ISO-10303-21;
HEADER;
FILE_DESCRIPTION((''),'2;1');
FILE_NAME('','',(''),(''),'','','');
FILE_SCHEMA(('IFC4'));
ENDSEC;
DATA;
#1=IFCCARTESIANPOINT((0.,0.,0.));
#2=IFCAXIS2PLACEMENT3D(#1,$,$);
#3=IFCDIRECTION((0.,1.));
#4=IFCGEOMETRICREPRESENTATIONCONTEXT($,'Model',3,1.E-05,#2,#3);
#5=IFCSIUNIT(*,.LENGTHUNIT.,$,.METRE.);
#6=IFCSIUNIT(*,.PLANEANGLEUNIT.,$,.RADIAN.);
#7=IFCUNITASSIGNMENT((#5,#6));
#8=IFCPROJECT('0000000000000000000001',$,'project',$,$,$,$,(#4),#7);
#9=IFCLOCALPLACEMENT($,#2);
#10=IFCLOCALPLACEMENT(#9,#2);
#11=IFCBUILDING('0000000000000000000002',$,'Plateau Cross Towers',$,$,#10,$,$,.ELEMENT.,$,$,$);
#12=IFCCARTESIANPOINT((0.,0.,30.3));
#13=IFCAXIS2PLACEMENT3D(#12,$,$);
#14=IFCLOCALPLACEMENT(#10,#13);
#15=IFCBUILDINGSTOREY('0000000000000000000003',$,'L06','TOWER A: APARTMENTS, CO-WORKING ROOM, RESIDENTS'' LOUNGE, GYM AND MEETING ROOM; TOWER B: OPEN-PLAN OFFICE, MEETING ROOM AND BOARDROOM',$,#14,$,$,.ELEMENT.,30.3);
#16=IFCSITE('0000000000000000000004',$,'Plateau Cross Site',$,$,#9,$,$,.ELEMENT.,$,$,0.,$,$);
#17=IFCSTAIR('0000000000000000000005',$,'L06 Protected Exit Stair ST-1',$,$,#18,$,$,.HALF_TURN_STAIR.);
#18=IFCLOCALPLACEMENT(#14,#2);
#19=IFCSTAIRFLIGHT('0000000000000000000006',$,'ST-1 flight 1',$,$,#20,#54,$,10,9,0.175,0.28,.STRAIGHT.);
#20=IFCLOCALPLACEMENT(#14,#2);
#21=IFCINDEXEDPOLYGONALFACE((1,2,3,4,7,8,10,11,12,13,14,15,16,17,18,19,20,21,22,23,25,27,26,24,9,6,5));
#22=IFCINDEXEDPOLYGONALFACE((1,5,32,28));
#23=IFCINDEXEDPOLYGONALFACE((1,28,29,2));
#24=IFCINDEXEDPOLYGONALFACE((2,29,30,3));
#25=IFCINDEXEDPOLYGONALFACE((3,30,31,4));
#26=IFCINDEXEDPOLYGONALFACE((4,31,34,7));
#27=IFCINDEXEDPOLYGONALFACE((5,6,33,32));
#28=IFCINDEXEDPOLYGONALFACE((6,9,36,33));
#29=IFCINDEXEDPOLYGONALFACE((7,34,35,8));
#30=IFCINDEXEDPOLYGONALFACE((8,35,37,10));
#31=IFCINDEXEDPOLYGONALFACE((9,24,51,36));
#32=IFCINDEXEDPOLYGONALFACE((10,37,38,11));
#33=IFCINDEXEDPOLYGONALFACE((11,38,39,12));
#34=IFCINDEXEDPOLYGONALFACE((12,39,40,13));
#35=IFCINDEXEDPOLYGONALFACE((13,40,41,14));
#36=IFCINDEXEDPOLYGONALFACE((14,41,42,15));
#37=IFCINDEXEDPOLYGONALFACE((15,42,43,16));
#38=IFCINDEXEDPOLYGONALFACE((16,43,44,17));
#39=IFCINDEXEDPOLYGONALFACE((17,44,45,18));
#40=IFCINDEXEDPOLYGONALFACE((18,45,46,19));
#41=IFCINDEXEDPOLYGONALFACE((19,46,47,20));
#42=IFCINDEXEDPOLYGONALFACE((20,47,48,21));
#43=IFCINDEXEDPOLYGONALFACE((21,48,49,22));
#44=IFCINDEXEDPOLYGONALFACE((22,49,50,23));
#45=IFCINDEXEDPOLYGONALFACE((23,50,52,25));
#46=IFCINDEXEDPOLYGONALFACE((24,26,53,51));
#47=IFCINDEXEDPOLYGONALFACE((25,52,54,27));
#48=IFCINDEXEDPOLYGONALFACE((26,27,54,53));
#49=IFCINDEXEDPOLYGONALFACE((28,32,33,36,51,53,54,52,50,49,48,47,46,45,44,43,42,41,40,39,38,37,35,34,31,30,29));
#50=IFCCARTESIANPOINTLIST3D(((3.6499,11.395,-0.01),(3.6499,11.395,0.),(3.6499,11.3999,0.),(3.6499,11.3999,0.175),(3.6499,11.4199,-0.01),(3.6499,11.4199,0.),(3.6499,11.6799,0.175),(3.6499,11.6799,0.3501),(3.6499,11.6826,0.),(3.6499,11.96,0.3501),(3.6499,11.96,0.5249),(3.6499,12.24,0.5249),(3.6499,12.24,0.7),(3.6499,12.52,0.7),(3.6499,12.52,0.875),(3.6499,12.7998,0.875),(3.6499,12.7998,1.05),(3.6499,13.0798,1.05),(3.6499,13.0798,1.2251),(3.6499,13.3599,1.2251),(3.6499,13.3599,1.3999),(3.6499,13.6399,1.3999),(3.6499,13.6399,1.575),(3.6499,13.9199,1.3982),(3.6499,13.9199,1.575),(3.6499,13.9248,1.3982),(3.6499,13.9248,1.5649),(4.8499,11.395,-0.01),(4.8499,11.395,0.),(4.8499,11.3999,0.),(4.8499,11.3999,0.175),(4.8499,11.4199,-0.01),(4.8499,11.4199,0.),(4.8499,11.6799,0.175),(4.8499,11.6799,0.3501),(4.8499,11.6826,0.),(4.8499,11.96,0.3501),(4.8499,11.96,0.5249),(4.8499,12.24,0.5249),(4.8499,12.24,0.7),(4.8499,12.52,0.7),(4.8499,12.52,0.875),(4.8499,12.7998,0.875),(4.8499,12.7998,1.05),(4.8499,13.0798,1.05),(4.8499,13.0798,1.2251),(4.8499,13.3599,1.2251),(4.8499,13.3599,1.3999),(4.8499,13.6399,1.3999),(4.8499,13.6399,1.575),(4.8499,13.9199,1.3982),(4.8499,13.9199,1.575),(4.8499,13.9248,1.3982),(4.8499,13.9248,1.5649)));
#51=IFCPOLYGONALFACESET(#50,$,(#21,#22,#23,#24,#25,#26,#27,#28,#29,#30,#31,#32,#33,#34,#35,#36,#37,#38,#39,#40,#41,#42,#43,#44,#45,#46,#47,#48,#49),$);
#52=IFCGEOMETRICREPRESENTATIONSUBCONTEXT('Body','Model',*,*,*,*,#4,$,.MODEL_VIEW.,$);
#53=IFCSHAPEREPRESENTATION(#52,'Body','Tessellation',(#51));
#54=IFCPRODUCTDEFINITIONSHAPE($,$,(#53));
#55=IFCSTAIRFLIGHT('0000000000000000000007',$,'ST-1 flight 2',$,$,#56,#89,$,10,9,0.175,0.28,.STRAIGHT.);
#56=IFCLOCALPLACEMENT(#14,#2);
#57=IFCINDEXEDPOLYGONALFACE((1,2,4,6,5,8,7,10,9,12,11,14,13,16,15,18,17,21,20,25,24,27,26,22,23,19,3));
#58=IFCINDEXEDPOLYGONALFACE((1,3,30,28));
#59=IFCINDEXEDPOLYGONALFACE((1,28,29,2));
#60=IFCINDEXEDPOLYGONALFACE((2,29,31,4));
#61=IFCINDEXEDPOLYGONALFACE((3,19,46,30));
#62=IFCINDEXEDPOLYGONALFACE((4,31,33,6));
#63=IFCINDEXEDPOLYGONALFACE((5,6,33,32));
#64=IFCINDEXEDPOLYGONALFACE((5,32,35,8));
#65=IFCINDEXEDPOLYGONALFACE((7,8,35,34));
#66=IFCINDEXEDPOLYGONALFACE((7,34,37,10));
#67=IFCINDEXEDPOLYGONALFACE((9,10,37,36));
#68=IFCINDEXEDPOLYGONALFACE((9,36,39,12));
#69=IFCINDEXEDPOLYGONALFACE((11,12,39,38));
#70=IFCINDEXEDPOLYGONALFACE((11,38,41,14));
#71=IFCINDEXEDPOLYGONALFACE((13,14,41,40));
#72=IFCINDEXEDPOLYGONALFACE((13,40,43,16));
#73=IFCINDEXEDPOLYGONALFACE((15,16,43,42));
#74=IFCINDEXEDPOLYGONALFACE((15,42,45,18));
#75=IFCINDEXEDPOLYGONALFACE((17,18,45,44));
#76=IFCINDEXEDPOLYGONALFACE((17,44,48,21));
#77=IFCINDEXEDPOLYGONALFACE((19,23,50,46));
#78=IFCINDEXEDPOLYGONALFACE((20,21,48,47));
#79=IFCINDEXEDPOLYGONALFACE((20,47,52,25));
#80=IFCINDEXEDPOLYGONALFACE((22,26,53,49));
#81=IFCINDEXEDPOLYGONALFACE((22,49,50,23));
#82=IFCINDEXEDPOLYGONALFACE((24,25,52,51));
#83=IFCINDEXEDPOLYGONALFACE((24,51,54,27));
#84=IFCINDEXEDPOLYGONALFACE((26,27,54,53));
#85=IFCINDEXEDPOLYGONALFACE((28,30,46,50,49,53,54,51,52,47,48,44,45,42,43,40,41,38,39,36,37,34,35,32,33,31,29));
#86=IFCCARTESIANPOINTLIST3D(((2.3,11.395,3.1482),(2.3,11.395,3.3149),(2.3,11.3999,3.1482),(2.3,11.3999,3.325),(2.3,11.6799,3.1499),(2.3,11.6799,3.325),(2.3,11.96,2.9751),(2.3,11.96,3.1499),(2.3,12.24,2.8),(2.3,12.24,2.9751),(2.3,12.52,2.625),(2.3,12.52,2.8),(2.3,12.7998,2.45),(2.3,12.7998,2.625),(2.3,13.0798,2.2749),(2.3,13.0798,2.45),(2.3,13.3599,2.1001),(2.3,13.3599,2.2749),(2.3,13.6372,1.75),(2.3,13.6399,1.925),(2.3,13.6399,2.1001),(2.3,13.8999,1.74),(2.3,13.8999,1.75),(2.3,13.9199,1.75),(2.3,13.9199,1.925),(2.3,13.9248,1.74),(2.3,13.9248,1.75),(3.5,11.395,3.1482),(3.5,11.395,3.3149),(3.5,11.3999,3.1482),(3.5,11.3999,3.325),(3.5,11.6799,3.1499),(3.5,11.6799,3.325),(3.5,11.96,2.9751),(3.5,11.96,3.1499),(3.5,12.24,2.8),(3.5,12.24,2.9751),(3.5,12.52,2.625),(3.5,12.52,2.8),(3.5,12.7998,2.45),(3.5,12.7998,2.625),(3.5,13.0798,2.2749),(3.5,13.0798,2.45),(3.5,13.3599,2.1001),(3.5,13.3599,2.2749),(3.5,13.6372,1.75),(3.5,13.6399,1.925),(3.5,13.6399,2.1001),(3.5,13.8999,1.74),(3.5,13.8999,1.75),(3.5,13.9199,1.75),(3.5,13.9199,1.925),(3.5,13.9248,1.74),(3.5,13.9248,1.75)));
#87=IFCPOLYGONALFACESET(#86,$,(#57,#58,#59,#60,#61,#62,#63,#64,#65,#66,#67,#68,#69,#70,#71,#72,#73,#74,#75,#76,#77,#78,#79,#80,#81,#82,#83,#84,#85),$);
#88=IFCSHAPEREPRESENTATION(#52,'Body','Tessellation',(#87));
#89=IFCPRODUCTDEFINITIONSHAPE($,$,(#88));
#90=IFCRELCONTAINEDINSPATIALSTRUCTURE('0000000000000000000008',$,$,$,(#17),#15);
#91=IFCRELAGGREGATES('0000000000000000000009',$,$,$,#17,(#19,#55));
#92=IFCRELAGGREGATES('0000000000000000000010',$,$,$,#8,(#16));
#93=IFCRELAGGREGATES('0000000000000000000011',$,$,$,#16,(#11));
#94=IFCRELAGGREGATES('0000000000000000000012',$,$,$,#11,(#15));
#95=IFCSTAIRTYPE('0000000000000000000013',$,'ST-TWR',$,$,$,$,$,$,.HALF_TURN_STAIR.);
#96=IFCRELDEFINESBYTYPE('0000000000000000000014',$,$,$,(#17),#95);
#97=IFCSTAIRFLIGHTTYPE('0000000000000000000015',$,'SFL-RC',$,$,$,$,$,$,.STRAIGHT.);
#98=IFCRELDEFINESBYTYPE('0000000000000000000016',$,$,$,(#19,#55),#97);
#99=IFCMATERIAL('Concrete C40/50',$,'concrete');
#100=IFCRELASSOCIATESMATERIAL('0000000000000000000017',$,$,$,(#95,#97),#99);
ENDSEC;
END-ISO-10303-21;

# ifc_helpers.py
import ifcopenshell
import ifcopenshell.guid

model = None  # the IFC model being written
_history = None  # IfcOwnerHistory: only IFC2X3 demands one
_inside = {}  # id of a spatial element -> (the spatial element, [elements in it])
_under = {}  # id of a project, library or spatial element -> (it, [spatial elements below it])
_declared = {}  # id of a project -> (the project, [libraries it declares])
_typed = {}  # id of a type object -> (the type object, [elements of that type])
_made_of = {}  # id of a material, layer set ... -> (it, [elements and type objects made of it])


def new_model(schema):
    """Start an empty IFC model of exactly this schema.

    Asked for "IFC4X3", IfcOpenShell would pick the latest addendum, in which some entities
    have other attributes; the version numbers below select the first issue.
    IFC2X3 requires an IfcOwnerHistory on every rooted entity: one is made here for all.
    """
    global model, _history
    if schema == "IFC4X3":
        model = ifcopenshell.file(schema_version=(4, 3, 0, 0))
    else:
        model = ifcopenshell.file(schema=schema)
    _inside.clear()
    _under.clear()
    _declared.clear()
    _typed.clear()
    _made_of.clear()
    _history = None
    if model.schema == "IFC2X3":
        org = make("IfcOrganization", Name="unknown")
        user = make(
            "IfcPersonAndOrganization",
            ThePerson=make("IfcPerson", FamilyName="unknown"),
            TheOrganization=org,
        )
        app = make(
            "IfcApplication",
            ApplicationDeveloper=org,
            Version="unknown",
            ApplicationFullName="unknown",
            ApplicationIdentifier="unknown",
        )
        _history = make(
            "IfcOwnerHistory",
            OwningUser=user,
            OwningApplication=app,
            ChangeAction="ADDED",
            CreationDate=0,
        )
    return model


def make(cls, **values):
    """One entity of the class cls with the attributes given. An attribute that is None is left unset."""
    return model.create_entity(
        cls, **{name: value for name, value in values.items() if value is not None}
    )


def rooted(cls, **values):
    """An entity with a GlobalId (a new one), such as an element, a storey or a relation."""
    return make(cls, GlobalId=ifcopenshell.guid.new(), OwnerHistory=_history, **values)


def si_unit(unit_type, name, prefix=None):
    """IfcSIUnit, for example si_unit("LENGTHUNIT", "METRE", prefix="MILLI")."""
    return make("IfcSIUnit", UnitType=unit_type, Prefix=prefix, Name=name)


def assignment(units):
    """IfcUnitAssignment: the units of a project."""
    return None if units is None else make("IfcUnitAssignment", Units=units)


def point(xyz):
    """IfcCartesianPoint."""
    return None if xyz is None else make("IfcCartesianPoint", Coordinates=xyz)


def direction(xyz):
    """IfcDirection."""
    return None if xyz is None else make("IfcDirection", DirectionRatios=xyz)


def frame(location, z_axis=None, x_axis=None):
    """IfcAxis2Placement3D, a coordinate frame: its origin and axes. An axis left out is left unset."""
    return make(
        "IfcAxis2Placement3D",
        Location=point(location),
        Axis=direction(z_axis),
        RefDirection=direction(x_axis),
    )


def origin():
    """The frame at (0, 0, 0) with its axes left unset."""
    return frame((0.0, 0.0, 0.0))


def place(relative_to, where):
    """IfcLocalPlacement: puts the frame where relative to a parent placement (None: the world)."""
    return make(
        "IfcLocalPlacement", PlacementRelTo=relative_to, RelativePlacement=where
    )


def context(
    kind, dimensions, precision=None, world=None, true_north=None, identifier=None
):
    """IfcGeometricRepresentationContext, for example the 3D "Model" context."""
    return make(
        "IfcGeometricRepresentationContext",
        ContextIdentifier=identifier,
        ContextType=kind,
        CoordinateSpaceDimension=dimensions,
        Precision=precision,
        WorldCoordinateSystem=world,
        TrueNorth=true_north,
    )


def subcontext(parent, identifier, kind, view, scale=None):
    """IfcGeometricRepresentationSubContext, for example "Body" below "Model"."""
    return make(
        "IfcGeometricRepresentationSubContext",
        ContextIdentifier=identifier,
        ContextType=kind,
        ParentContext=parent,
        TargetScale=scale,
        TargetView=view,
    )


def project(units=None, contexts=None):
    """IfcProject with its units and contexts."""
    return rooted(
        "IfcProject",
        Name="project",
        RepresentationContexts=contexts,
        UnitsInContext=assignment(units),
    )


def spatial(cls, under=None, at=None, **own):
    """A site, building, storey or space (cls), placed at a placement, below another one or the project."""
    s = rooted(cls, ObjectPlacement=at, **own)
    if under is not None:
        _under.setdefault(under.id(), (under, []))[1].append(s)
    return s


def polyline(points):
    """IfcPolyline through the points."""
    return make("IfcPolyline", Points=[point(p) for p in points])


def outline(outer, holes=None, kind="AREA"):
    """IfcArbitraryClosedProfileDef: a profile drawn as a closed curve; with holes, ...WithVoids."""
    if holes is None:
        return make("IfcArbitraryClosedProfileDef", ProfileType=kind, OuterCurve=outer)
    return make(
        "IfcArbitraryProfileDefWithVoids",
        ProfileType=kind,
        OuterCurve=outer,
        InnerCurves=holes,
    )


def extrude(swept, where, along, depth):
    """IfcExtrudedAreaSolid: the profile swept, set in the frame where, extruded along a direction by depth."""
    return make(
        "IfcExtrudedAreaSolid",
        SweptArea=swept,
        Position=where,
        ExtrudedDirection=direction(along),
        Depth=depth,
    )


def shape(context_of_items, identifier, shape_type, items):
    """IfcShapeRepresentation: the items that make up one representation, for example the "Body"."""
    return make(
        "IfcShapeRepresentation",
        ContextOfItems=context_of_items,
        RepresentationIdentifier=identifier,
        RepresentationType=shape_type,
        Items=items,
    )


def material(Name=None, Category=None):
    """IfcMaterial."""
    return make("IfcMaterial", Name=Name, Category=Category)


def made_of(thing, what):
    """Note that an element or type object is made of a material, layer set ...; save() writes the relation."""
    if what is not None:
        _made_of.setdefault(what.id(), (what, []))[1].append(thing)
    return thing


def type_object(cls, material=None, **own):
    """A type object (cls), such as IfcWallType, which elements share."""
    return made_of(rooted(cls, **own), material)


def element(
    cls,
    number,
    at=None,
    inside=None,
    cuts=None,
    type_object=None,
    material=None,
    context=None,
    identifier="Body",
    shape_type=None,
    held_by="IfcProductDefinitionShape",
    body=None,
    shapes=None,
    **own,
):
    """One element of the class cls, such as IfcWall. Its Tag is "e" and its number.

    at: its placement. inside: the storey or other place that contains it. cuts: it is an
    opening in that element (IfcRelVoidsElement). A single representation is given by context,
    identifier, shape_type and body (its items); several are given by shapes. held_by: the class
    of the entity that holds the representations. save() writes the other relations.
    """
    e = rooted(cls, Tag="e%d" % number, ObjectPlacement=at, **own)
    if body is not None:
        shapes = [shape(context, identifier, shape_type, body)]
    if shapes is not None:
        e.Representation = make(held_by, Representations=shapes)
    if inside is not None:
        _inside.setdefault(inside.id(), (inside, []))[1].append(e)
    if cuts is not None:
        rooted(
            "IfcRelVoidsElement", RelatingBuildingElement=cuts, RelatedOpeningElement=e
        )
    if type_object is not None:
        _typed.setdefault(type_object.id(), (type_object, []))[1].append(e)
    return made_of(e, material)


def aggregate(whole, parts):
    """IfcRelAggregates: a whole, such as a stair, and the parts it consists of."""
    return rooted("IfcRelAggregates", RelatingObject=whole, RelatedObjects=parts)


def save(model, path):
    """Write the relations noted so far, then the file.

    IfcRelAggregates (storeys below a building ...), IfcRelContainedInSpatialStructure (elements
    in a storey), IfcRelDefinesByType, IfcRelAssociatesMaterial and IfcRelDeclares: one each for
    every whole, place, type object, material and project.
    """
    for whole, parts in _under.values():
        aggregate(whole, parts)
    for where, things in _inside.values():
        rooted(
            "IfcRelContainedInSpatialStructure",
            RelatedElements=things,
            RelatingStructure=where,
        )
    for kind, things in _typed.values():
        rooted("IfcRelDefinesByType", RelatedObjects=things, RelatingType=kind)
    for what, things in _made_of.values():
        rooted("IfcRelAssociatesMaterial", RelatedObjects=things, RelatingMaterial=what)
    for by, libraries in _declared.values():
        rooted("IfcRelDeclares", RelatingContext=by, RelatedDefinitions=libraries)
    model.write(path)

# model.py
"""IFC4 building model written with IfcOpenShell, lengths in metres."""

from ifc_helpers import new_model, si_unit, direction, frame, origin, place, context, subcontext, project, spatial, polyline, outline, extrude, material, type_object, element, aggregate, save


model = new_model("IFC4")

# Units and contexts
model_context = context("Model", 3, precision=1e-05, world=origin(), true_north=direction((0.0, 1.0)))
body_context = subcontext(model_context, "Body", "Model", "MODEL_VIEW")
ifc_project = project(units=[si_unit("LENGTHUNIT", "METRE"), si_unit("PLANEANGLEUNIT", "RADIAN")], contexts=[model_context])

# Site, building, storey
site_placement = place(None, origin())
site = spatial("IfcSite", under=ifc_project, at=site_placement, Name="Plateau Cross Site", CompositionType="ELEMENT", RefElevation=0.0)
building_placement = place(site_placement, origin())
building = spatial("IfcBuilding", under=site, at=building_placement, Name="Plateau Cross Towers", CompositionType="ELEMENT")
storey_placement = place(building_placement, frame((0.0, 0.0, 30.3)))
storey = spatial("IfcBuildingStorey", under=building, at=storey_placement, Name="L06", Description="TOWER A: APARTMENTS, CO-WORKING ROOM, RESIDENTS' LOUNGE, GYM AND MEETING ROOM; TOWER B: OPEN-PLAN OFFICE, MEETING ROOM AND BOARDROOM", CompositionType="ELEMENT", Elevation=30.3)

# Stair, stair flights
ifc_material_1 = material(Name="Concrete C40/50", Category="concrete")
stair_type = type_object("IfcStairType", Name="ST-TWR", PredefinedType="HALF_TURN_STAIR", material=ifc_material_1)
stair_placement = place(storey_placement, origin())
stair = element("IfcStair", 1, at=stair_placement, inside=storey, type_object=stair_type, Name="L06 Protected Exit Stair ST-1", PredefinedType="HALF_TURN_STAIR")
stair_flight_type = type_object("IfcStairFlightType", Name="SFL-RC", PredefinedType="STRAIGHT", material=ifc_material_1)
stair_flight_1_placement = place(storey_placement, frame((4.25, 11.3999, 0.0), z_axis=(0.0, 0.0, 1.0), x_axis=(0.0, 1.0, 0.0)))
stair_flight_1 = element("IfcStairFlight", 2, at=stair_flight_1_placement, type_object=stair_flight_type, Name="ST-1 flight 1", NumberOfRisers=10, NumberOfTreads=9, PredefinedType="STRAIGHT", RiserHeight=0.175, TreadLength=0.28, context=body_context, shape_type="SweptSolid", body=[
    extrude(outline(polyline([(-0.0049, -0.01), (-0.0049, 0.0), (0.0, 0.0), (0.0, 0.175), (0.28, 0.175), (0.28, 0.3501), (0.5601, 0.3501), (0.5601, 0.5249), (0.8401, 0.5249), (0.8401, 0.7), (1.1201, 0.7), (1.1201, 0.875), (1.3999, 0.875), (1.3999, 1.05), (1.6799, 1.05), (1.6799, 1.2251), (1.96, 1.2251), (1.96, 1.3999), (2.24, 1.3999), (2.24, 1.575), (2.52, 1.575), (2.5249, 1.5649), (2.5249, 1.3982), (2.52, 1.3982), (0.2827, 0.0), (0.02, 0.0), (0.02, -0.01), (-0.0049, -0.01)])), frame((0.0, 0.6001, 0.0), z_axis=(0.0, -1.0, 0.0), x_axis=(1.0, 0.0, 0.0)), (0.0, 0.0, 1.0), 1.2),
])
stair_flight_2_placement = place(storey_placement, frame((2.8999, 13.9199, 1.75), z_axis=(0.0, 0.0, 1.0), x_axis=(0.0, -1.0, 0.0)))
stair_flight_2 = element("IfcStairFlight", 3, at=stair_flight_2_placement, type_object=stair_flight_type, Name="ST-1 flight 2", NumberOfRisers=10, NumberOfTreads=9, PredefinedType="STRAIGHT", RiserHeight=0.175, TreadLength=0.28, context=body_context, shape_type="SweptSolid", body=[
    extrude(outline(polyline([(-0.0049, -0.01), (-0.0049, 0.0), (0.0, 0.0), (0.0, 0.175), (0.28, 0.175), (0.28, 0.3501), (0.5601, 0.3501), (0.5601, 0.5249), (0.8401, 0.5249), (0.8401, 0.7), (1.1201, 0.7), (1.1201, 0.875), (1.3999, 0.875), (1.3999, 1.05), (1.6799, 1.05), (1.6799, 1.2251), (1.96, 1.2251), (1.96, 1.3999), (2.24, 1.3999), (2.24, 1.575), (2.52, 1.575), (2.5249, 1.5649), (2.5249, 1.3982), (2.52, 1.3982), (0.2827, 0.0), (0.02, 0.0), (0.02, -0.01), (-0.0049, -0.01)])), frame((0.0, 0.6001, 0.0), z_axis=(0.0, -1.0, 0.0), x_axis=(1.0, 0.0, 0.0)), (0.0, 0.0, 1.0), 1.2),
])
aggregate(stair, [stair_flight_1, stair_flight_2])

save(model, "model.ifc")
